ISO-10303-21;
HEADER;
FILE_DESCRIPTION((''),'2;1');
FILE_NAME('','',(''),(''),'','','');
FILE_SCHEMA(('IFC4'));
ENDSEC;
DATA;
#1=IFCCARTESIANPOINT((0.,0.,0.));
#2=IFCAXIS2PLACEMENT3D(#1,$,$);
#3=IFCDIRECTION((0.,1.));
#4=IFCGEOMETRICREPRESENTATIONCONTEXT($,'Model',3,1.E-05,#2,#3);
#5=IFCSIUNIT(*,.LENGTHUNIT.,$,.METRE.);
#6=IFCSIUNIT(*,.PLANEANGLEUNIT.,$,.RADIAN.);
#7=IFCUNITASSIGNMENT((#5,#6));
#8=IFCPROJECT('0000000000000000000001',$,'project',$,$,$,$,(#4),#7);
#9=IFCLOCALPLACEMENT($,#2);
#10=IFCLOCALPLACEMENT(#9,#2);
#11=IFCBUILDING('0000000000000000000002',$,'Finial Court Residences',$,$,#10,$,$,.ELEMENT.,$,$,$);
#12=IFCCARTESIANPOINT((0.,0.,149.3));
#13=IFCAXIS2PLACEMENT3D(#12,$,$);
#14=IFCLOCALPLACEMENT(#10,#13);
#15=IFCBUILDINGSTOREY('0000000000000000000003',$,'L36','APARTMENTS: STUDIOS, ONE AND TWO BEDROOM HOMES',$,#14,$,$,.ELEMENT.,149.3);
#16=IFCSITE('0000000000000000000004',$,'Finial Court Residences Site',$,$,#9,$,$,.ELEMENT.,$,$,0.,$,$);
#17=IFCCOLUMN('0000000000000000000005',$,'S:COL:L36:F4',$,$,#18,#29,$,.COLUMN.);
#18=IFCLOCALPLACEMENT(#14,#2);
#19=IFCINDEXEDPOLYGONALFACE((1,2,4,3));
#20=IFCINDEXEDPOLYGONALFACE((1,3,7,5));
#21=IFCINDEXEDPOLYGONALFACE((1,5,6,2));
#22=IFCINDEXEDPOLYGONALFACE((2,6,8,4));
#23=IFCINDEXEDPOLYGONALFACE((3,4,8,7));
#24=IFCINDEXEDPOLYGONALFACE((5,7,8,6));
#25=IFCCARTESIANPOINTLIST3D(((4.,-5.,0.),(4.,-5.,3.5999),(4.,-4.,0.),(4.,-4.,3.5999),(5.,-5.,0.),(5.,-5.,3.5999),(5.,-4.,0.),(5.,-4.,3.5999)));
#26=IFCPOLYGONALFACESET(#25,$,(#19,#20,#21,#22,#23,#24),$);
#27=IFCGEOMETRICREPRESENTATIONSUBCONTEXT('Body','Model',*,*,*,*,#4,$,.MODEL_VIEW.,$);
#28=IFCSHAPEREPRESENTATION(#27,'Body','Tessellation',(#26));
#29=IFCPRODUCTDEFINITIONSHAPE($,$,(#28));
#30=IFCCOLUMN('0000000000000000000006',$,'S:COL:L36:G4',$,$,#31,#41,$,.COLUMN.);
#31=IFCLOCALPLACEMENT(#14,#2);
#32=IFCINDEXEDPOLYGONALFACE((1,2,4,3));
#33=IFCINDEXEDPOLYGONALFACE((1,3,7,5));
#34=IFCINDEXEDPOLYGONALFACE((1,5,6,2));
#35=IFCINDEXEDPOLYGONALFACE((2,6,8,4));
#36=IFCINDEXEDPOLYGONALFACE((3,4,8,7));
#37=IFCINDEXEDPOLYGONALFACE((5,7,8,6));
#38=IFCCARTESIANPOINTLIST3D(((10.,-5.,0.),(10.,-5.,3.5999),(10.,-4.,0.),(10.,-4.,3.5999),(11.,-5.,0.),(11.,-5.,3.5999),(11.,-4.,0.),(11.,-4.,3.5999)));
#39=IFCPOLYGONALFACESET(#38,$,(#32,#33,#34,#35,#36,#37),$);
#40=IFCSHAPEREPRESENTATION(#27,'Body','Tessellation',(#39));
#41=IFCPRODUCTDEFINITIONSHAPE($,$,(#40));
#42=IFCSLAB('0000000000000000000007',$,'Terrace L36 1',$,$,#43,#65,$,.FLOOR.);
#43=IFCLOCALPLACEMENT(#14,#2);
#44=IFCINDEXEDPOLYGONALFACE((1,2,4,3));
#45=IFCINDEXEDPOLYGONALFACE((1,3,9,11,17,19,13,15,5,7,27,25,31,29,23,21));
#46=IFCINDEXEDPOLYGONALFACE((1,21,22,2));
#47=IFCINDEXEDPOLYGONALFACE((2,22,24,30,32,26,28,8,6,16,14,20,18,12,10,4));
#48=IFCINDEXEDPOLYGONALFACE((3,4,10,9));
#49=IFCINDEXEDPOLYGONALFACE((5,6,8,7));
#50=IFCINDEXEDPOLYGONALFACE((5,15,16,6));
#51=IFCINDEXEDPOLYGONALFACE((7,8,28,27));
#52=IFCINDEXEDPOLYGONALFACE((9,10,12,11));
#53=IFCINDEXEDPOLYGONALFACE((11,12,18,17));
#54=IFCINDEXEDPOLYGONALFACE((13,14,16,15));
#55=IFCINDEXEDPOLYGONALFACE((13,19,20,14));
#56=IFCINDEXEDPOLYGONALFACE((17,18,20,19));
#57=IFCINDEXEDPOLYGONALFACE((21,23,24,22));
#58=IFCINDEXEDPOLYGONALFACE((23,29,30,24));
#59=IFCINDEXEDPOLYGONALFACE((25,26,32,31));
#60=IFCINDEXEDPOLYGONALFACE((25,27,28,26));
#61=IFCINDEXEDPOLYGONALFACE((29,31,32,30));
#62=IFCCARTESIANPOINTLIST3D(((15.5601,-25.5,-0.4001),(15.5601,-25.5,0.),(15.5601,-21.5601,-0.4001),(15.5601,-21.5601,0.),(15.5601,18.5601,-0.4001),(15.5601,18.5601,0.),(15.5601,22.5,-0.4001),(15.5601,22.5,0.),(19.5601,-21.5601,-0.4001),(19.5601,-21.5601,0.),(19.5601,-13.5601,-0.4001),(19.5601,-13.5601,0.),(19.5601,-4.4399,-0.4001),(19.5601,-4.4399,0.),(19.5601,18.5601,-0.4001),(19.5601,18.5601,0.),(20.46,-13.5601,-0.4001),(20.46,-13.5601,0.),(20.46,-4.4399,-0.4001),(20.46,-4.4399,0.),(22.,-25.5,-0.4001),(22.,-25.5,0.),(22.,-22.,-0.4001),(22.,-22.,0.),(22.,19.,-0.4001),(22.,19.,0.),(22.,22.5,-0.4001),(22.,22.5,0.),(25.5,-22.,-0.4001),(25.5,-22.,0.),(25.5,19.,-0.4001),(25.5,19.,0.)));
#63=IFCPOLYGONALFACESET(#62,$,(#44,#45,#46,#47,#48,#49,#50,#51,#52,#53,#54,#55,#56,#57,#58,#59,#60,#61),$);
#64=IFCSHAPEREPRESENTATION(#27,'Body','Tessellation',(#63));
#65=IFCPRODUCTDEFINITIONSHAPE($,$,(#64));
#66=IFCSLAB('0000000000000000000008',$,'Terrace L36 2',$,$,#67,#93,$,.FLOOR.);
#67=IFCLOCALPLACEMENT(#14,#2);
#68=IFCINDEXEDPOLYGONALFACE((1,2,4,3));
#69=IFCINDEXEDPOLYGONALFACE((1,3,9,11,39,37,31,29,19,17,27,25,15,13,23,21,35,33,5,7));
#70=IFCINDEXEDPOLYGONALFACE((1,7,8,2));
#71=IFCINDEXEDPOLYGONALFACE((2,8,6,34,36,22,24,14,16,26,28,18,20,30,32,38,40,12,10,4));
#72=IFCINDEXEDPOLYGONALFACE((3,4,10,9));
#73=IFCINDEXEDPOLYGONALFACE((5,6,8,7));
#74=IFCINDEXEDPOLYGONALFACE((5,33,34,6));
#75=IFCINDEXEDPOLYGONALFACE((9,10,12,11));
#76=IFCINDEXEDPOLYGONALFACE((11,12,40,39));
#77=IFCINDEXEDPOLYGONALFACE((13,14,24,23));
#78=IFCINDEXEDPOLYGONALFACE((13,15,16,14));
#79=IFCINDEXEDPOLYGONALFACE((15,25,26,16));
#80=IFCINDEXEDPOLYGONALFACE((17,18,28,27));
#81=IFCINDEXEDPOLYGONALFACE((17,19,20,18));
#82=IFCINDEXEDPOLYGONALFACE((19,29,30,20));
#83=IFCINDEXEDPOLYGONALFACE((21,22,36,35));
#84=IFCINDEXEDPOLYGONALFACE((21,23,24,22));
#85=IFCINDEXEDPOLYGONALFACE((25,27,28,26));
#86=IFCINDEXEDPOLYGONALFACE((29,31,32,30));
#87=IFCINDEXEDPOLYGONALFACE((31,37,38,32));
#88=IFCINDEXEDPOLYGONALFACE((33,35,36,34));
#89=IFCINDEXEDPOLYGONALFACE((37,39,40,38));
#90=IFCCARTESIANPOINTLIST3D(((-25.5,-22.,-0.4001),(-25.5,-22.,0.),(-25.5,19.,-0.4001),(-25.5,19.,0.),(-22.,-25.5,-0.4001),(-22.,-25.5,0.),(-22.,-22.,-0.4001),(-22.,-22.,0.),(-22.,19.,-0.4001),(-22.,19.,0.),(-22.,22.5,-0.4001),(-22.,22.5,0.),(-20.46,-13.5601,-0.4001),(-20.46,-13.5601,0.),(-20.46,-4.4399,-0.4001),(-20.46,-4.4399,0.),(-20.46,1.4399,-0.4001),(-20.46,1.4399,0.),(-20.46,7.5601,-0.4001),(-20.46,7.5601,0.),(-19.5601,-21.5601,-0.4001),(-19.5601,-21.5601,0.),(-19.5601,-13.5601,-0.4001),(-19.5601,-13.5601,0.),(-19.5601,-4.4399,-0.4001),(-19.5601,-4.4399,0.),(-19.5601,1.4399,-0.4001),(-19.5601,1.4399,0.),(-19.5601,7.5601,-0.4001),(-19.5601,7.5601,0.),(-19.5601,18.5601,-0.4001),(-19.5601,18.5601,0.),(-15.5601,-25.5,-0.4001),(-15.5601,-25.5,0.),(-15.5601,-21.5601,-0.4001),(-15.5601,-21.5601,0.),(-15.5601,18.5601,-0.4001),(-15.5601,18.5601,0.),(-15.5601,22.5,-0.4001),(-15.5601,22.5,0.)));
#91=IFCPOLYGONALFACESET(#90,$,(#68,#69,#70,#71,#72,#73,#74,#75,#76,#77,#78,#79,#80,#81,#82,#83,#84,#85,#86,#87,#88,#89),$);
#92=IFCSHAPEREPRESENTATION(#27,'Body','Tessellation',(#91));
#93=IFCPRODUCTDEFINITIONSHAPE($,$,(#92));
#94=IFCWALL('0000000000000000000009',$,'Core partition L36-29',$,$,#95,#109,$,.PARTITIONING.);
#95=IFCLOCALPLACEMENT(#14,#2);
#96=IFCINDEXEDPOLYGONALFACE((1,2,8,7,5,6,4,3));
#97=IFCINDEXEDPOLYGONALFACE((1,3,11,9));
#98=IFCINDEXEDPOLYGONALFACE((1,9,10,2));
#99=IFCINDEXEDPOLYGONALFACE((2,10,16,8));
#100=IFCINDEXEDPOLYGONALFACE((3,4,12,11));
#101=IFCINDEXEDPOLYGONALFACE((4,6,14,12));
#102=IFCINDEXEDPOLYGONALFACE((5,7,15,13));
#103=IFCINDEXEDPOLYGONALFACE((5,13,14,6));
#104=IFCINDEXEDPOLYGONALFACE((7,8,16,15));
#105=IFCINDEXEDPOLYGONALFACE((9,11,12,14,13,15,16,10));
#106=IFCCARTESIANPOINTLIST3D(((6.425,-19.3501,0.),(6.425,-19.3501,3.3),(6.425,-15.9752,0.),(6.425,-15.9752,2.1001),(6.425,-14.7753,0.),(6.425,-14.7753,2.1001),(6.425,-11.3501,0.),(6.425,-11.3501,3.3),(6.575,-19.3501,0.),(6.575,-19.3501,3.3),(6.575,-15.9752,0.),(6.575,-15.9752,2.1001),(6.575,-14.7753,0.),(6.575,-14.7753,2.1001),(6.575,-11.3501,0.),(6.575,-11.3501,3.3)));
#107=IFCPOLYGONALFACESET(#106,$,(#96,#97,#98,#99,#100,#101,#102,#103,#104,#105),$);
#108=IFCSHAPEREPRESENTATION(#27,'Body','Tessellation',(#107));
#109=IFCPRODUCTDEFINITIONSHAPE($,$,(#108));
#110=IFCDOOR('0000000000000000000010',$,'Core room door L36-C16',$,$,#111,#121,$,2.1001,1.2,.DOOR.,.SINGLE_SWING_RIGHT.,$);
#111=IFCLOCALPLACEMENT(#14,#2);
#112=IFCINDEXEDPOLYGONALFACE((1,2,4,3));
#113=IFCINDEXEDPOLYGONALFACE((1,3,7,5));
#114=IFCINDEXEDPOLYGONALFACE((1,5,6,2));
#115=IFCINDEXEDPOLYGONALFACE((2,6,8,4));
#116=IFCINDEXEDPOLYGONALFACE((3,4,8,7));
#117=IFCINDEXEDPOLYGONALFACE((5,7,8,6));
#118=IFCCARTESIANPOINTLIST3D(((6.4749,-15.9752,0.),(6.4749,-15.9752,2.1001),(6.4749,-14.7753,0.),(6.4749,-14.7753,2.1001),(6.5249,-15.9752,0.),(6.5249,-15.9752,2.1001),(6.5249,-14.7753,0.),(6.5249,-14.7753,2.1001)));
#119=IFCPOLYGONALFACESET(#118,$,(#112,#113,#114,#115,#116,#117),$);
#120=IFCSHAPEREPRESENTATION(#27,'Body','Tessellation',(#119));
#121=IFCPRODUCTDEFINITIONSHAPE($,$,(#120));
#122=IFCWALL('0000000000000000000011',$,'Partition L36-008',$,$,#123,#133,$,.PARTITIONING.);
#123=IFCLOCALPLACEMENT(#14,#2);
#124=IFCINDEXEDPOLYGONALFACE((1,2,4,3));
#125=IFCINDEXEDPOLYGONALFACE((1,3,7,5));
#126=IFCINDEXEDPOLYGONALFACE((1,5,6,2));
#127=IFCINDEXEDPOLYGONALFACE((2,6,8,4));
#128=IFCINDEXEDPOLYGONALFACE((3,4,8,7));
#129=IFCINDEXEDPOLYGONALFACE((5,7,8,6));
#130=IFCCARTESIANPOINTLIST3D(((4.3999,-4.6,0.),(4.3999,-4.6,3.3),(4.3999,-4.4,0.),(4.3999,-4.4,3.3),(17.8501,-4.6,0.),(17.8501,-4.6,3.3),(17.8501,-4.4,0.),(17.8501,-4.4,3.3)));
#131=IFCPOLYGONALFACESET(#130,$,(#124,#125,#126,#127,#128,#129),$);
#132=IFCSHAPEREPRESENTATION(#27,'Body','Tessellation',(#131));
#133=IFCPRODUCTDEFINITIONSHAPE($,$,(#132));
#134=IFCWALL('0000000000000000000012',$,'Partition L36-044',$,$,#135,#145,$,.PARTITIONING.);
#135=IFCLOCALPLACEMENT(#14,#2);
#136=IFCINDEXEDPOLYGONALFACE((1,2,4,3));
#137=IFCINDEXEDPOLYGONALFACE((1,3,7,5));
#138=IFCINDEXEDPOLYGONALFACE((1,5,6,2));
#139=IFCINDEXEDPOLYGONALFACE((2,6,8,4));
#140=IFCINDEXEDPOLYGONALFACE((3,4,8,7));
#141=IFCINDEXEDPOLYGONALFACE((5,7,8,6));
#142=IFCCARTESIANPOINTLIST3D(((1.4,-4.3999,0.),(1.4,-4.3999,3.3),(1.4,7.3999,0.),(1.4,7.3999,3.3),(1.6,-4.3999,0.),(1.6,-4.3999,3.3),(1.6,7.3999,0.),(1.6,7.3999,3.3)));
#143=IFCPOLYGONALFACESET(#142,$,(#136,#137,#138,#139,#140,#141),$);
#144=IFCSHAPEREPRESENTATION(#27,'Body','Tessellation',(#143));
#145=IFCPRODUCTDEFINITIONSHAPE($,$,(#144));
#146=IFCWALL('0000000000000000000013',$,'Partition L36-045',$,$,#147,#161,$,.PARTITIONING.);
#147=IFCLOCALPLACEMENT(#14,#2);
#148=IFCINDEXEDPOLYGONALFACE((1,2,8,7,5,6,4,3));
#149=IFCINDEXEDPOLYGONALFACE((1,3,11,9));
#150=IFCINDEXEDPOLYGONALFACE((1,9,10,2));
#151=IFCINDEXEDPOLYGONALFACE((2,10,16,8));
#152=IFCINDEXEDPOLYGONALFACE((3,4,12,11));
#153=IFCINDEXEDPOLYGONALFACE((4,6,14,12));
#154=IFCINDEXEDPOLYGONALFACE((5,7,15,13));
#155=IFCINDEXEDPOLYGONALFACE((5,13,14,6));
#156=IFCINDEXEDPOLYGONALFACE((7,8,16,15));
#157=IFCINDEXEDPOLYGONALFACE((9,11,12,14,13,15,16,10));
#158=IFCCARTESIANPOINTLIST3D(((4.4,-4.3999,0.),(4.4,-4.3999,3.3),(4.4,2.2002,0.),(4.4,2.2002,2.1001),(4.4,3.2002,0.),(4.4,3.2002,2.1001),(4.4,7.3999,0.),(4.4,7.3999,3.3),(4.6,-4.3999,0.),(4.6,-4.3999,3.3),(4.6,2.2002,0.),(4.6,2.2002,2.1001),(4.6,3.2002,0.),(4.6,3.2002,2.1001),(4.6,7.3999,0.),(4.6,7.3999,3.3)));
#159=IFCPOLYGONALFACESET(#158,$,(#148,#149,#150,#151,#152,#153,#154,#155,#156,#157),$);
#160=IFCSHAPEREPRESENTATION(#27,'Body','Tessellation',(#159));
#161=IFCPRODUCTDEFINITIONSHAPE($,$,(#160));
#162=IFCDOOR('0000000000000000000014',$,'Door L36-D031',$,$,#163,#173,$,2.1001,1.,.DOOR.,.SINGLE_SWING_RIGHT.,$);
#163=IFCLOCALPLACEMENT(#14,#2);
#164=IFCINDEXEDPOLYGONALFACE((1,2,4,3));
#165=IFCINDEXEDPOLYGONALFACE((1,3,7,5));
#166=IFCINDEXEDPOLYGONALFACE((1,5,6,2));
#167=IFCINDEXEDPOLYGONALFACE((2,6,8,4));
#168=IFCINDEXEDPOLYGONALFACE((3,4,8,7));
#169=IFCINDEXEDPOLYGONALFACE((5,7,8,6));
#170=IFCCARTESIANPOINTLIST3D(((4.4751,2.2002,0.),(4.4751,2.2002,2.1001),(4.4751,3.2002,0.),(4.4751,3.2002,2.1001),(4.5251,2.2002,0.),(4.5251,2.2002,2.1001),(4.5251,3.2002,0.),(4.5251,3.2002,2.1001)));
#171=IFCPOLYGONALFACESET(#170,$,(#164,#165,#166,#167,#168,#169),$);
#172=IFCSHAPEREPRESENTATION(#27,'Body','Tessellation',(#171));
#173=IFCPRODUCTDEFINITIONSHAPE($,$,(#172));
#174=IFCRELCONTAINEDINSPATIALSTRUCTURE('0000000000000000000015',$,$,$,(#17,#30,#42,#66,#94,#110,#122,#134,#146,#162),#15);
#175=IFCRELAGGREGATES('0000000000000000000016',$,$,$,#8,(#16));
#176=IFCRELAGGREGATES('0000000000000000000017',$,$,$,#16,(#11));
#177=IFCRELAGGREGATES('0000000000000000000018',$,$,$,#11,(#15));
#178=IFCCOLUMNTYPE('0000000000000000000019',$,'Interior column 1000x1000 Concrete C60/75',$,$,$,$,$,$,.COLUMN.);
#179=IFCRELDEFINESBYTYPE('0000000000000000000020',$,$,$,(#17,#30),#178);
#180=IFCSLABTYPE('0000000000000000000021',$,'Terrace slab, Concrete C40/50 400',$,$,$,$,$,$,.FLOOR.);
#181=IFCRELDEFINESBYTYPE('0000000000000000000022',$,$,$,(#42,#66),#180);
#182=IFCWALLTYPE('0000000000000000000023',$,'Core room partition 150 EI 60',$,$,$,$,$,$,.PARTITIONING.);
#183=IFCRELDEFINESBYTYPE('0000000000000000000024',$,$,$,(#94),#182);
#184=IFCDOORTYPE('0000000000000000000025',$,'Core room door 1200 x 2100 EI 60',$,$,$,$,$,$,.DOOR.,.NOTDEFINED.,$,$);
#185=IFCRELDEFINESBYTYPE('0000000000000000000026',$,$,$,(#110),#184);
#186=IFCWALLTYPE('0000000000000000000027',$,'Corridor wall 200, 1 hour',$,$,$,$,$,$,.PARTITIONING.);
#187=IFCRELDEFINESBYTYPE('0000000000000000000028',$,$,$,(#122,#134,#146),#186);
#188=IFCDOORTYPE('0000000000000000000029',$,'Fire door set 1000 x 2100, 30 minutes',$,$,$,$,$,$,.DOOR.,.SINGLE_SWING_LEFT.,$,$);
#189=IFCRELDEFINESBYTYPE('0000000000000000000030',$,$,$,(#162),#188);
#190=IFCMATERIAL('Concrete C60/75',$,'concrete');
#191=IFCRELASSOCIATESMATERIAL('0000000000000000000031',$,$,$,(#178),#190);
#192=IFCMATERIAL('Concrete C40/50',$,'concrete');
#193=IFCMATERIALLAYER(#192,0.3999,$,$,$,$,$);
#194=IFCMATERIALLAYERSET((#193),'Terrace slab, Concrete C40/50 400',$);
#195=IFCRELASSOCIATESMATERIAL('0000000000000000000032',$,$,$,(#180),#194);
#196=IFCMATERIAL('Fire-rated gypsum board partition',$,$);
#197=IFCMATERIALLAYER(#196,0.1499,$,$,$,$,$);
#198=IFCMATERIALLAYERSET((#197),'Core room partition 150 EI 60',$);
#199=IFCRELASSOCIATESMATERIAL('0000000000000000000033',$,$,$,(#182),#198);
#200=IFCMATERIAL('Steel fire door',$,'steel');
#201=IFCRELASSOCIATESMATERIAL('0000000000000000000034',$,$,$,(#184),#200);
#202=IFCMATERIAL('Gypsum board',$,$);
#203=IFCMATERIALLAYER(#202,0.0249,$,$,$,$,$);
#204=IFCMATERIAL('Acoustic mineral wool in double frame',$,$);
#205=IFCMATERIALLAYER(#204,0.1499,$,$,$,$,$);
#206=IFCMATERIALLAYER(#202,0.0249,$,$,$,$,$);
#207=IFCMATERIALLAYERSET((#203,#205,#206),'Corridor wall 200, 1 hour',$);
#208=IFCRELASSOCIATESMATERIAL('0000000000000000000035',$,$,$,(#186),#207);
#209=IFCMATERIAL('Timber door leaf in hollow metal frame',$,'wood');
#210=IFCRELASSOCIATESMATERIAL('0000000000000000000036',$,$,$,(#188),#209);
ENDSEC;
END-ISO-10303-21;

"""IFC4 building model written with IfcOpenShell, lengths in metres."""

from ifc_helpers import new_model, si_unit, direction, frame, frame_2d, origin, origin_2d, place, context, subcontext, project, spatial, polyline, rectangle, outline, extrude, material, layer, layer_set, material_profile, profile_set, type_object, element, fill, save


model = new_model("IFC4")

# Units and contexts
model_context = context("Model", 3, precision=1e-05, world=origin(), true_north=direction((0.0, 1.0)))
body_context = subcontext(model_context, "Body", "Model", "MODEL_VIEW")
ifc_project = project(units=[si_unit("LENGTHUNIT", "METRE"), si_unit("PLANEANGLEUNIT", "RADIAN")], contexts=[model_context])

# Site, building, storey
site_placement = place(None, origin())
site = spatial("IfcSite", under=ifc_project, at=site_placement, Name="Finial Court Residences Site", CompositionType="ELEMENT", RefElevation=0.0)
building_placement = place(site_placement, origin())
building = spatial("IfcBuilding", under=site, at=building_placement, Name="Finial Court Residences", CompositionType="ELEMENT")
storey_placement = place(building_placement, frame((0.0, 0.0, 149.3)))
storey = spatial("IfcBuildingStorey", under=building, at=storey_placement, Name="L36", Description="APARTMENTS: STUDIOS, ONE AND TWO BEDROOM HOMES", CompositionType="ELEMENT", Elevation=149.3)

# Columns
ifc_material_1 = material(Name="Concrete C60/75", Category="concrete")
ifc_material_profile = material_profile(ifc_material_1, rectangle(XDim=1.0, YDim=1.0, at=origin_2d()), Name="1000x1000")
ifc_profile_set = profile_set([ifc_material_profile], Name="Concrete C60/75")
column_type = type_object("IfcColumnType", Name="Interior column 1000x1000 Concrete C60/75", PredefinedType="COLUMN", material=ifc_profile_set)
for number, where, z_axis, x_axis, name in (
    (1, (4.5, -4.5, 0.0), (0.0, 0.0, 1.0), (1.0, 0.0, 0.0), "S:COL:L36:F4"),
    (2, (10.5, -4.5, 0.0), (0.0, 0.0, 1.0), (1.0, 0.0, 0.0), "S:COL:L36:G4"),
):
    element("IfcColumn", number, at=place(storey_placement, frame(where, z_axis=z_axis, x_axis=x_axis)), inside=storey, type_object=column_type, Name=name, PredefinedType="COLUMN", context=body_context, shape_type="SweptSolid", body=[
        extrude(rectangle(XDim=1.0, YDim=1.0, at=origin_2d()), origin(), (0.0, 0.0, 1.0), 3.5999),
    ])

# Slabs
ifc_material_2 = material(Name="Concrete C40/50", Category="concrete")
ifc_layer_1 = layer(ifc_material_2, 0.3999)
ifc_layer_set_1 = layer_set([ifc_layer_1], Name="Terrace slab, Concrete C40/50 400")
slab_type = type_object("IfcSlabType", Name="Terrace slab, Concrete C40/50 400", PredefinedType="FLOOR", material=ifc_layer_set_1)
slab_1_placement = place(storey_placement, frame((0.0, 0.0, -0.4001)))
element("IfcSlab", 3, at=slab_1_placement, inside=storey, type_object=slab_type, Name="Terrace L36 1", PredefinedType="FLOOR", context=body_context, shape_type="SweptSolid", body=[
    extrude(outline(polyline([(22.0, 22.5), (22.0, 19.0), (25.5, 19.0), (25.5, -22.0), (22.0, -22.0), (22.0, -25.5), (15.5601, -25.5), (15.5601, -21.5601), (19.5601, -21.5601), (19.5601, -13.5601), (20.46, -13.5601), (20.46, -4.4399), (19.5601, -4.4399), (19.5601, 18.5601), (15.5601, 18.5601), (15.5601, 22.5), (22.0, 22.5)])), origin(), (0.0, 0.0, 1.0), 0.4001),
])
slab_2_placement = place(storey_placement, frame((0.0, 0.0, -0.4001)))
element("IfcSlab", 4, at=slab_2_placement, inside=storey, type_object=slab_type, Name="Terrace L36 2", PredefinedType="FLOOR", context=body_context, shape_type="SweptSolid", body=[
    extrude(outline(polyline([(-25.5, -22.0), (-25.5, 19.0), (-22.0, 19.0), (-22.0, 22.5), (-15.5601, 22.5), (-15.5601, 18.5601), (-19.5601, 18.5601), (-19.5601, 7.5601), (-20.46, 7.5601), (-20.46, 1.4399), (-19.5601, 1.4399), (-19.5601, -4.4399), (-20.46, -4.4399), (-20.46, -13.5601), (-19.5601, -13.5601), (-19.5601, -21.5601), (-15.5601, -21.5601), (-15.5601, -25.5), (-22.0, -25.5), (-22.0, -22.0), (-25.5, -22.0)])), origin(), (0.0, 0.0, 1.0), 0.4001),
])

# Wall, opening, door
ifc_material_3 = material(Name="Fire-rated gypsum board partition")
ifc_layer_2 = layer(ifc_material_3, 0.1499)
ifc_layer_set_2 = layer_set([ifc_layer_2], Name="Core room partition 150 EI 60")
wall_type_1 = type_object("IfcWallType", Name="Core room partition 150 EI 60", PredefinedType="PARTITIONING", material=ifc_layer_set_2)
wall_1_placement = place(storey_placement, frame((6.5, -11.3501, 0.0), z_axis=(0.0, 0.0, 1.0), x_axis=(0.0, -1.0, 0.0)))
wall_1 = element("IfcWall", 5, at=wall_1_placement, inside=storey, type_object=wall_type_1, Name="Core partition L36-29", PredefinedType="PARTITIONING", context=body_context, shape_type="SweptSolid", body=[
    extrude(rectangle(XDim=8.0, YDim=0.1499, at=frame_2d((4.0, 0.0))), origin(), (0.0, 0.0, 1.0), 3.3),
])
opening_1_placement = place(wall_1_placement, frame((3.425, 0.0, 0.0)))
opening_1 = element("IfcOpeningElement", 6, at=opening_1_placement, cuts=wall_1, PredefinedType="OPENING", context=body_context, shape_type="SweptSolid", body=[
    extrude(rectangle(XDim=1.2, YDim=2.1001, at=frame_2d((0.6001, 1.05))), frame((0.0, 0.085, 0.0), z_axis=(0.0, -1.0, 0.0), x_axis=(1.0, 0.0, 0.0)), (0.0, 0.0, 1.0), 0.1699),
])
ifc_material_4 = material(Name="Steel fire door", Category="steel")
door_type_1 = type_object("IfcDoorType", Name="Core room door 1200 x 2100 EI 60", OperationType="NOTDEFINED", PredefinedType="DOOR", material=ifc_material_4)
door_1_placement = place(opening_1_placement, origin())
door_1 = element("IfcDoor", 7, at=door_1_placement, inside=storey, type_object=door_type_1, Name="Core room door L36-C16", OperationType="SINGLE_SWING_RIGHT", OverallHeight=2.1001, OverallWidth=1.2, PredefinedType="DOOR", context=body_context, shape_type="SweptSolid", body=[
    extrude(rectangle(XDim=1.2, YDim=2.1001, at=frame_2d((0.6001, 1.05))), frame((0.0, 0.0249, 0.0), z_axis=(0.0, -1.0, 0.0), x_axis=(1.0, 0.0, 0.0)), (0.0, 0.0, 1.0), 0.05),
])
fill(opening_1, door_1)

# Walls
ifc_material_5 = material(Name="Gypsum board")
ifc_layer_3 = layer(ifc_material_5, 0.0249)
ifc_material_6 = material(Name="Acoustic mineral wool in double frame")
ifc_layer_4 = layer(ifc_material_6, 0.1499)
ifc_layer_5 = layer(ifc_material_5, 0.0249)
ifc_layer_set_3 = layer_set([ifc_layer_3, ifc_layer_4, ifc_layer_5], Name="Corridor wall 200, 1 hour")
wall_type_2 = type_object("IfcWallType", Name="Corridor wall 200, 1 hour", PredefinedType="PARTITIONING", material=ifc_layer_set_3)
wall_2_placement = place(storey_placement, frame((4.3999, -4.5, 0.0), z_axis=(0.0, 0.0, 1.0), x_axis=(1.0, 0.0, 0.0)))
element("IfcWall", 8, at=wall_2_placement, inside=storey, type_object=wall_type_2, Name="Partition L36-008", PredefinedType="PARTITIONING", context=body_context, shape_type="SweptSolid", body=[
    extrude(rectangle(XDim=13.4502, YDim=0.2, at=frame_2d((6.7251, 0.0))), origin(), (0.0, 0.0, 1.0), 3.3),
])
wall_3_placement = place(storey_placement, frame((1.5, -4.3999, 0.0), z_axis=(0.0, 0.0, 1.0), x_axis=(0.0, 1.0, 0.0)))
element("IfcWall", 9, at=wall_3_placement, inside=storey, type_object=wall_type_2, Name="Partition L36-044", PredefinedType="PARTITIONING", context=body_context, shape_type="SweptSolid", body=[
    extrude(rectangle(XDim=11.7998, YDim=0.2, at=frame_2d((5.8999, 0.0))), origin(), (0.0, 0.0, 1.0), 3.3),
])

# Wall, opening, door
wall_4_placement = place(storey_placement, frame((4.5, -4.3999, 0.0), z_axis=(0.0, 0.0, 1.0), x_axis=(0.0, 1.0, 0.0)))
wall_4 = element("IfcWall", 10, at=wall_4_placement, inside=storey, type_object=wall_type_2, Name="Partition L36-045", PredefinedType="PARTITIONING", context=body_context, shape_type="SweptSolid", body=[
    extrude(rectangle(XDim=11.7998, YDim=0.2, at=frame_2d((5.8999, 0.0))), origin(), (0.0, 0.0, 1.0), 3.3),
])
opening_2_placement = place(wall_4_placement, frame((6.6001, 0.0, 0.0)))
opening_2 = element("IfcOpeningElement", 11, at=opening_2_placement, cuts=wall_4, PredefinedType="OPENING", context=body_context, shape_type="SweptSolid", body=[
    extrude(rectangle(XDim=1.0, YDim=2.1001, at=frame_2d((0.5, 1.05))), frame((0.0, 0.1099, 0.0), z_axis=(0.0, -1.0, 0.0), x_axis=(1.0, 0.0, 0.0)), (0.0, 0.0, 1.0), 0.22),
])
ifc_material_7 = material(Name="Timber door leaf in hollow metal frame", Category="wood")
door_type_2 = type_object("IfcDoorType", Name="Fire door set 1000 x 2100, 30 minutes", OperationType="SINGLE_SWING_LEFT", PredefinedType="DOOR", material=ifc_material_7)
door_2_placement = place(opening_2_placement, origin())
door_2 = element("IfcDoor", 12, at=door_2_placement, inside=storey, type_object=door_type_2, Name="Door L36-D031", OperationType="SINGLE_SWING_RIGHT", OverallHeight=2.1001, OverallWidth=1.0, PredefinedType="DOOR", context=body_context, shape_type="SweptSolid", body=[
    extrude(rectangle(XDim=1.0, YDim=2.1001, at=frame_2d((0.5, 1.05))), frame((0.0, 0.0249, 0.0), z_axis=(0.0, -1.0, 0.0), x_axis=(1.0, 0.0, 0.0)), (0.0, 0.0, 1.0), 0.05),
])
fill(opening_2, door_2)

save(model, "model.ifc")
